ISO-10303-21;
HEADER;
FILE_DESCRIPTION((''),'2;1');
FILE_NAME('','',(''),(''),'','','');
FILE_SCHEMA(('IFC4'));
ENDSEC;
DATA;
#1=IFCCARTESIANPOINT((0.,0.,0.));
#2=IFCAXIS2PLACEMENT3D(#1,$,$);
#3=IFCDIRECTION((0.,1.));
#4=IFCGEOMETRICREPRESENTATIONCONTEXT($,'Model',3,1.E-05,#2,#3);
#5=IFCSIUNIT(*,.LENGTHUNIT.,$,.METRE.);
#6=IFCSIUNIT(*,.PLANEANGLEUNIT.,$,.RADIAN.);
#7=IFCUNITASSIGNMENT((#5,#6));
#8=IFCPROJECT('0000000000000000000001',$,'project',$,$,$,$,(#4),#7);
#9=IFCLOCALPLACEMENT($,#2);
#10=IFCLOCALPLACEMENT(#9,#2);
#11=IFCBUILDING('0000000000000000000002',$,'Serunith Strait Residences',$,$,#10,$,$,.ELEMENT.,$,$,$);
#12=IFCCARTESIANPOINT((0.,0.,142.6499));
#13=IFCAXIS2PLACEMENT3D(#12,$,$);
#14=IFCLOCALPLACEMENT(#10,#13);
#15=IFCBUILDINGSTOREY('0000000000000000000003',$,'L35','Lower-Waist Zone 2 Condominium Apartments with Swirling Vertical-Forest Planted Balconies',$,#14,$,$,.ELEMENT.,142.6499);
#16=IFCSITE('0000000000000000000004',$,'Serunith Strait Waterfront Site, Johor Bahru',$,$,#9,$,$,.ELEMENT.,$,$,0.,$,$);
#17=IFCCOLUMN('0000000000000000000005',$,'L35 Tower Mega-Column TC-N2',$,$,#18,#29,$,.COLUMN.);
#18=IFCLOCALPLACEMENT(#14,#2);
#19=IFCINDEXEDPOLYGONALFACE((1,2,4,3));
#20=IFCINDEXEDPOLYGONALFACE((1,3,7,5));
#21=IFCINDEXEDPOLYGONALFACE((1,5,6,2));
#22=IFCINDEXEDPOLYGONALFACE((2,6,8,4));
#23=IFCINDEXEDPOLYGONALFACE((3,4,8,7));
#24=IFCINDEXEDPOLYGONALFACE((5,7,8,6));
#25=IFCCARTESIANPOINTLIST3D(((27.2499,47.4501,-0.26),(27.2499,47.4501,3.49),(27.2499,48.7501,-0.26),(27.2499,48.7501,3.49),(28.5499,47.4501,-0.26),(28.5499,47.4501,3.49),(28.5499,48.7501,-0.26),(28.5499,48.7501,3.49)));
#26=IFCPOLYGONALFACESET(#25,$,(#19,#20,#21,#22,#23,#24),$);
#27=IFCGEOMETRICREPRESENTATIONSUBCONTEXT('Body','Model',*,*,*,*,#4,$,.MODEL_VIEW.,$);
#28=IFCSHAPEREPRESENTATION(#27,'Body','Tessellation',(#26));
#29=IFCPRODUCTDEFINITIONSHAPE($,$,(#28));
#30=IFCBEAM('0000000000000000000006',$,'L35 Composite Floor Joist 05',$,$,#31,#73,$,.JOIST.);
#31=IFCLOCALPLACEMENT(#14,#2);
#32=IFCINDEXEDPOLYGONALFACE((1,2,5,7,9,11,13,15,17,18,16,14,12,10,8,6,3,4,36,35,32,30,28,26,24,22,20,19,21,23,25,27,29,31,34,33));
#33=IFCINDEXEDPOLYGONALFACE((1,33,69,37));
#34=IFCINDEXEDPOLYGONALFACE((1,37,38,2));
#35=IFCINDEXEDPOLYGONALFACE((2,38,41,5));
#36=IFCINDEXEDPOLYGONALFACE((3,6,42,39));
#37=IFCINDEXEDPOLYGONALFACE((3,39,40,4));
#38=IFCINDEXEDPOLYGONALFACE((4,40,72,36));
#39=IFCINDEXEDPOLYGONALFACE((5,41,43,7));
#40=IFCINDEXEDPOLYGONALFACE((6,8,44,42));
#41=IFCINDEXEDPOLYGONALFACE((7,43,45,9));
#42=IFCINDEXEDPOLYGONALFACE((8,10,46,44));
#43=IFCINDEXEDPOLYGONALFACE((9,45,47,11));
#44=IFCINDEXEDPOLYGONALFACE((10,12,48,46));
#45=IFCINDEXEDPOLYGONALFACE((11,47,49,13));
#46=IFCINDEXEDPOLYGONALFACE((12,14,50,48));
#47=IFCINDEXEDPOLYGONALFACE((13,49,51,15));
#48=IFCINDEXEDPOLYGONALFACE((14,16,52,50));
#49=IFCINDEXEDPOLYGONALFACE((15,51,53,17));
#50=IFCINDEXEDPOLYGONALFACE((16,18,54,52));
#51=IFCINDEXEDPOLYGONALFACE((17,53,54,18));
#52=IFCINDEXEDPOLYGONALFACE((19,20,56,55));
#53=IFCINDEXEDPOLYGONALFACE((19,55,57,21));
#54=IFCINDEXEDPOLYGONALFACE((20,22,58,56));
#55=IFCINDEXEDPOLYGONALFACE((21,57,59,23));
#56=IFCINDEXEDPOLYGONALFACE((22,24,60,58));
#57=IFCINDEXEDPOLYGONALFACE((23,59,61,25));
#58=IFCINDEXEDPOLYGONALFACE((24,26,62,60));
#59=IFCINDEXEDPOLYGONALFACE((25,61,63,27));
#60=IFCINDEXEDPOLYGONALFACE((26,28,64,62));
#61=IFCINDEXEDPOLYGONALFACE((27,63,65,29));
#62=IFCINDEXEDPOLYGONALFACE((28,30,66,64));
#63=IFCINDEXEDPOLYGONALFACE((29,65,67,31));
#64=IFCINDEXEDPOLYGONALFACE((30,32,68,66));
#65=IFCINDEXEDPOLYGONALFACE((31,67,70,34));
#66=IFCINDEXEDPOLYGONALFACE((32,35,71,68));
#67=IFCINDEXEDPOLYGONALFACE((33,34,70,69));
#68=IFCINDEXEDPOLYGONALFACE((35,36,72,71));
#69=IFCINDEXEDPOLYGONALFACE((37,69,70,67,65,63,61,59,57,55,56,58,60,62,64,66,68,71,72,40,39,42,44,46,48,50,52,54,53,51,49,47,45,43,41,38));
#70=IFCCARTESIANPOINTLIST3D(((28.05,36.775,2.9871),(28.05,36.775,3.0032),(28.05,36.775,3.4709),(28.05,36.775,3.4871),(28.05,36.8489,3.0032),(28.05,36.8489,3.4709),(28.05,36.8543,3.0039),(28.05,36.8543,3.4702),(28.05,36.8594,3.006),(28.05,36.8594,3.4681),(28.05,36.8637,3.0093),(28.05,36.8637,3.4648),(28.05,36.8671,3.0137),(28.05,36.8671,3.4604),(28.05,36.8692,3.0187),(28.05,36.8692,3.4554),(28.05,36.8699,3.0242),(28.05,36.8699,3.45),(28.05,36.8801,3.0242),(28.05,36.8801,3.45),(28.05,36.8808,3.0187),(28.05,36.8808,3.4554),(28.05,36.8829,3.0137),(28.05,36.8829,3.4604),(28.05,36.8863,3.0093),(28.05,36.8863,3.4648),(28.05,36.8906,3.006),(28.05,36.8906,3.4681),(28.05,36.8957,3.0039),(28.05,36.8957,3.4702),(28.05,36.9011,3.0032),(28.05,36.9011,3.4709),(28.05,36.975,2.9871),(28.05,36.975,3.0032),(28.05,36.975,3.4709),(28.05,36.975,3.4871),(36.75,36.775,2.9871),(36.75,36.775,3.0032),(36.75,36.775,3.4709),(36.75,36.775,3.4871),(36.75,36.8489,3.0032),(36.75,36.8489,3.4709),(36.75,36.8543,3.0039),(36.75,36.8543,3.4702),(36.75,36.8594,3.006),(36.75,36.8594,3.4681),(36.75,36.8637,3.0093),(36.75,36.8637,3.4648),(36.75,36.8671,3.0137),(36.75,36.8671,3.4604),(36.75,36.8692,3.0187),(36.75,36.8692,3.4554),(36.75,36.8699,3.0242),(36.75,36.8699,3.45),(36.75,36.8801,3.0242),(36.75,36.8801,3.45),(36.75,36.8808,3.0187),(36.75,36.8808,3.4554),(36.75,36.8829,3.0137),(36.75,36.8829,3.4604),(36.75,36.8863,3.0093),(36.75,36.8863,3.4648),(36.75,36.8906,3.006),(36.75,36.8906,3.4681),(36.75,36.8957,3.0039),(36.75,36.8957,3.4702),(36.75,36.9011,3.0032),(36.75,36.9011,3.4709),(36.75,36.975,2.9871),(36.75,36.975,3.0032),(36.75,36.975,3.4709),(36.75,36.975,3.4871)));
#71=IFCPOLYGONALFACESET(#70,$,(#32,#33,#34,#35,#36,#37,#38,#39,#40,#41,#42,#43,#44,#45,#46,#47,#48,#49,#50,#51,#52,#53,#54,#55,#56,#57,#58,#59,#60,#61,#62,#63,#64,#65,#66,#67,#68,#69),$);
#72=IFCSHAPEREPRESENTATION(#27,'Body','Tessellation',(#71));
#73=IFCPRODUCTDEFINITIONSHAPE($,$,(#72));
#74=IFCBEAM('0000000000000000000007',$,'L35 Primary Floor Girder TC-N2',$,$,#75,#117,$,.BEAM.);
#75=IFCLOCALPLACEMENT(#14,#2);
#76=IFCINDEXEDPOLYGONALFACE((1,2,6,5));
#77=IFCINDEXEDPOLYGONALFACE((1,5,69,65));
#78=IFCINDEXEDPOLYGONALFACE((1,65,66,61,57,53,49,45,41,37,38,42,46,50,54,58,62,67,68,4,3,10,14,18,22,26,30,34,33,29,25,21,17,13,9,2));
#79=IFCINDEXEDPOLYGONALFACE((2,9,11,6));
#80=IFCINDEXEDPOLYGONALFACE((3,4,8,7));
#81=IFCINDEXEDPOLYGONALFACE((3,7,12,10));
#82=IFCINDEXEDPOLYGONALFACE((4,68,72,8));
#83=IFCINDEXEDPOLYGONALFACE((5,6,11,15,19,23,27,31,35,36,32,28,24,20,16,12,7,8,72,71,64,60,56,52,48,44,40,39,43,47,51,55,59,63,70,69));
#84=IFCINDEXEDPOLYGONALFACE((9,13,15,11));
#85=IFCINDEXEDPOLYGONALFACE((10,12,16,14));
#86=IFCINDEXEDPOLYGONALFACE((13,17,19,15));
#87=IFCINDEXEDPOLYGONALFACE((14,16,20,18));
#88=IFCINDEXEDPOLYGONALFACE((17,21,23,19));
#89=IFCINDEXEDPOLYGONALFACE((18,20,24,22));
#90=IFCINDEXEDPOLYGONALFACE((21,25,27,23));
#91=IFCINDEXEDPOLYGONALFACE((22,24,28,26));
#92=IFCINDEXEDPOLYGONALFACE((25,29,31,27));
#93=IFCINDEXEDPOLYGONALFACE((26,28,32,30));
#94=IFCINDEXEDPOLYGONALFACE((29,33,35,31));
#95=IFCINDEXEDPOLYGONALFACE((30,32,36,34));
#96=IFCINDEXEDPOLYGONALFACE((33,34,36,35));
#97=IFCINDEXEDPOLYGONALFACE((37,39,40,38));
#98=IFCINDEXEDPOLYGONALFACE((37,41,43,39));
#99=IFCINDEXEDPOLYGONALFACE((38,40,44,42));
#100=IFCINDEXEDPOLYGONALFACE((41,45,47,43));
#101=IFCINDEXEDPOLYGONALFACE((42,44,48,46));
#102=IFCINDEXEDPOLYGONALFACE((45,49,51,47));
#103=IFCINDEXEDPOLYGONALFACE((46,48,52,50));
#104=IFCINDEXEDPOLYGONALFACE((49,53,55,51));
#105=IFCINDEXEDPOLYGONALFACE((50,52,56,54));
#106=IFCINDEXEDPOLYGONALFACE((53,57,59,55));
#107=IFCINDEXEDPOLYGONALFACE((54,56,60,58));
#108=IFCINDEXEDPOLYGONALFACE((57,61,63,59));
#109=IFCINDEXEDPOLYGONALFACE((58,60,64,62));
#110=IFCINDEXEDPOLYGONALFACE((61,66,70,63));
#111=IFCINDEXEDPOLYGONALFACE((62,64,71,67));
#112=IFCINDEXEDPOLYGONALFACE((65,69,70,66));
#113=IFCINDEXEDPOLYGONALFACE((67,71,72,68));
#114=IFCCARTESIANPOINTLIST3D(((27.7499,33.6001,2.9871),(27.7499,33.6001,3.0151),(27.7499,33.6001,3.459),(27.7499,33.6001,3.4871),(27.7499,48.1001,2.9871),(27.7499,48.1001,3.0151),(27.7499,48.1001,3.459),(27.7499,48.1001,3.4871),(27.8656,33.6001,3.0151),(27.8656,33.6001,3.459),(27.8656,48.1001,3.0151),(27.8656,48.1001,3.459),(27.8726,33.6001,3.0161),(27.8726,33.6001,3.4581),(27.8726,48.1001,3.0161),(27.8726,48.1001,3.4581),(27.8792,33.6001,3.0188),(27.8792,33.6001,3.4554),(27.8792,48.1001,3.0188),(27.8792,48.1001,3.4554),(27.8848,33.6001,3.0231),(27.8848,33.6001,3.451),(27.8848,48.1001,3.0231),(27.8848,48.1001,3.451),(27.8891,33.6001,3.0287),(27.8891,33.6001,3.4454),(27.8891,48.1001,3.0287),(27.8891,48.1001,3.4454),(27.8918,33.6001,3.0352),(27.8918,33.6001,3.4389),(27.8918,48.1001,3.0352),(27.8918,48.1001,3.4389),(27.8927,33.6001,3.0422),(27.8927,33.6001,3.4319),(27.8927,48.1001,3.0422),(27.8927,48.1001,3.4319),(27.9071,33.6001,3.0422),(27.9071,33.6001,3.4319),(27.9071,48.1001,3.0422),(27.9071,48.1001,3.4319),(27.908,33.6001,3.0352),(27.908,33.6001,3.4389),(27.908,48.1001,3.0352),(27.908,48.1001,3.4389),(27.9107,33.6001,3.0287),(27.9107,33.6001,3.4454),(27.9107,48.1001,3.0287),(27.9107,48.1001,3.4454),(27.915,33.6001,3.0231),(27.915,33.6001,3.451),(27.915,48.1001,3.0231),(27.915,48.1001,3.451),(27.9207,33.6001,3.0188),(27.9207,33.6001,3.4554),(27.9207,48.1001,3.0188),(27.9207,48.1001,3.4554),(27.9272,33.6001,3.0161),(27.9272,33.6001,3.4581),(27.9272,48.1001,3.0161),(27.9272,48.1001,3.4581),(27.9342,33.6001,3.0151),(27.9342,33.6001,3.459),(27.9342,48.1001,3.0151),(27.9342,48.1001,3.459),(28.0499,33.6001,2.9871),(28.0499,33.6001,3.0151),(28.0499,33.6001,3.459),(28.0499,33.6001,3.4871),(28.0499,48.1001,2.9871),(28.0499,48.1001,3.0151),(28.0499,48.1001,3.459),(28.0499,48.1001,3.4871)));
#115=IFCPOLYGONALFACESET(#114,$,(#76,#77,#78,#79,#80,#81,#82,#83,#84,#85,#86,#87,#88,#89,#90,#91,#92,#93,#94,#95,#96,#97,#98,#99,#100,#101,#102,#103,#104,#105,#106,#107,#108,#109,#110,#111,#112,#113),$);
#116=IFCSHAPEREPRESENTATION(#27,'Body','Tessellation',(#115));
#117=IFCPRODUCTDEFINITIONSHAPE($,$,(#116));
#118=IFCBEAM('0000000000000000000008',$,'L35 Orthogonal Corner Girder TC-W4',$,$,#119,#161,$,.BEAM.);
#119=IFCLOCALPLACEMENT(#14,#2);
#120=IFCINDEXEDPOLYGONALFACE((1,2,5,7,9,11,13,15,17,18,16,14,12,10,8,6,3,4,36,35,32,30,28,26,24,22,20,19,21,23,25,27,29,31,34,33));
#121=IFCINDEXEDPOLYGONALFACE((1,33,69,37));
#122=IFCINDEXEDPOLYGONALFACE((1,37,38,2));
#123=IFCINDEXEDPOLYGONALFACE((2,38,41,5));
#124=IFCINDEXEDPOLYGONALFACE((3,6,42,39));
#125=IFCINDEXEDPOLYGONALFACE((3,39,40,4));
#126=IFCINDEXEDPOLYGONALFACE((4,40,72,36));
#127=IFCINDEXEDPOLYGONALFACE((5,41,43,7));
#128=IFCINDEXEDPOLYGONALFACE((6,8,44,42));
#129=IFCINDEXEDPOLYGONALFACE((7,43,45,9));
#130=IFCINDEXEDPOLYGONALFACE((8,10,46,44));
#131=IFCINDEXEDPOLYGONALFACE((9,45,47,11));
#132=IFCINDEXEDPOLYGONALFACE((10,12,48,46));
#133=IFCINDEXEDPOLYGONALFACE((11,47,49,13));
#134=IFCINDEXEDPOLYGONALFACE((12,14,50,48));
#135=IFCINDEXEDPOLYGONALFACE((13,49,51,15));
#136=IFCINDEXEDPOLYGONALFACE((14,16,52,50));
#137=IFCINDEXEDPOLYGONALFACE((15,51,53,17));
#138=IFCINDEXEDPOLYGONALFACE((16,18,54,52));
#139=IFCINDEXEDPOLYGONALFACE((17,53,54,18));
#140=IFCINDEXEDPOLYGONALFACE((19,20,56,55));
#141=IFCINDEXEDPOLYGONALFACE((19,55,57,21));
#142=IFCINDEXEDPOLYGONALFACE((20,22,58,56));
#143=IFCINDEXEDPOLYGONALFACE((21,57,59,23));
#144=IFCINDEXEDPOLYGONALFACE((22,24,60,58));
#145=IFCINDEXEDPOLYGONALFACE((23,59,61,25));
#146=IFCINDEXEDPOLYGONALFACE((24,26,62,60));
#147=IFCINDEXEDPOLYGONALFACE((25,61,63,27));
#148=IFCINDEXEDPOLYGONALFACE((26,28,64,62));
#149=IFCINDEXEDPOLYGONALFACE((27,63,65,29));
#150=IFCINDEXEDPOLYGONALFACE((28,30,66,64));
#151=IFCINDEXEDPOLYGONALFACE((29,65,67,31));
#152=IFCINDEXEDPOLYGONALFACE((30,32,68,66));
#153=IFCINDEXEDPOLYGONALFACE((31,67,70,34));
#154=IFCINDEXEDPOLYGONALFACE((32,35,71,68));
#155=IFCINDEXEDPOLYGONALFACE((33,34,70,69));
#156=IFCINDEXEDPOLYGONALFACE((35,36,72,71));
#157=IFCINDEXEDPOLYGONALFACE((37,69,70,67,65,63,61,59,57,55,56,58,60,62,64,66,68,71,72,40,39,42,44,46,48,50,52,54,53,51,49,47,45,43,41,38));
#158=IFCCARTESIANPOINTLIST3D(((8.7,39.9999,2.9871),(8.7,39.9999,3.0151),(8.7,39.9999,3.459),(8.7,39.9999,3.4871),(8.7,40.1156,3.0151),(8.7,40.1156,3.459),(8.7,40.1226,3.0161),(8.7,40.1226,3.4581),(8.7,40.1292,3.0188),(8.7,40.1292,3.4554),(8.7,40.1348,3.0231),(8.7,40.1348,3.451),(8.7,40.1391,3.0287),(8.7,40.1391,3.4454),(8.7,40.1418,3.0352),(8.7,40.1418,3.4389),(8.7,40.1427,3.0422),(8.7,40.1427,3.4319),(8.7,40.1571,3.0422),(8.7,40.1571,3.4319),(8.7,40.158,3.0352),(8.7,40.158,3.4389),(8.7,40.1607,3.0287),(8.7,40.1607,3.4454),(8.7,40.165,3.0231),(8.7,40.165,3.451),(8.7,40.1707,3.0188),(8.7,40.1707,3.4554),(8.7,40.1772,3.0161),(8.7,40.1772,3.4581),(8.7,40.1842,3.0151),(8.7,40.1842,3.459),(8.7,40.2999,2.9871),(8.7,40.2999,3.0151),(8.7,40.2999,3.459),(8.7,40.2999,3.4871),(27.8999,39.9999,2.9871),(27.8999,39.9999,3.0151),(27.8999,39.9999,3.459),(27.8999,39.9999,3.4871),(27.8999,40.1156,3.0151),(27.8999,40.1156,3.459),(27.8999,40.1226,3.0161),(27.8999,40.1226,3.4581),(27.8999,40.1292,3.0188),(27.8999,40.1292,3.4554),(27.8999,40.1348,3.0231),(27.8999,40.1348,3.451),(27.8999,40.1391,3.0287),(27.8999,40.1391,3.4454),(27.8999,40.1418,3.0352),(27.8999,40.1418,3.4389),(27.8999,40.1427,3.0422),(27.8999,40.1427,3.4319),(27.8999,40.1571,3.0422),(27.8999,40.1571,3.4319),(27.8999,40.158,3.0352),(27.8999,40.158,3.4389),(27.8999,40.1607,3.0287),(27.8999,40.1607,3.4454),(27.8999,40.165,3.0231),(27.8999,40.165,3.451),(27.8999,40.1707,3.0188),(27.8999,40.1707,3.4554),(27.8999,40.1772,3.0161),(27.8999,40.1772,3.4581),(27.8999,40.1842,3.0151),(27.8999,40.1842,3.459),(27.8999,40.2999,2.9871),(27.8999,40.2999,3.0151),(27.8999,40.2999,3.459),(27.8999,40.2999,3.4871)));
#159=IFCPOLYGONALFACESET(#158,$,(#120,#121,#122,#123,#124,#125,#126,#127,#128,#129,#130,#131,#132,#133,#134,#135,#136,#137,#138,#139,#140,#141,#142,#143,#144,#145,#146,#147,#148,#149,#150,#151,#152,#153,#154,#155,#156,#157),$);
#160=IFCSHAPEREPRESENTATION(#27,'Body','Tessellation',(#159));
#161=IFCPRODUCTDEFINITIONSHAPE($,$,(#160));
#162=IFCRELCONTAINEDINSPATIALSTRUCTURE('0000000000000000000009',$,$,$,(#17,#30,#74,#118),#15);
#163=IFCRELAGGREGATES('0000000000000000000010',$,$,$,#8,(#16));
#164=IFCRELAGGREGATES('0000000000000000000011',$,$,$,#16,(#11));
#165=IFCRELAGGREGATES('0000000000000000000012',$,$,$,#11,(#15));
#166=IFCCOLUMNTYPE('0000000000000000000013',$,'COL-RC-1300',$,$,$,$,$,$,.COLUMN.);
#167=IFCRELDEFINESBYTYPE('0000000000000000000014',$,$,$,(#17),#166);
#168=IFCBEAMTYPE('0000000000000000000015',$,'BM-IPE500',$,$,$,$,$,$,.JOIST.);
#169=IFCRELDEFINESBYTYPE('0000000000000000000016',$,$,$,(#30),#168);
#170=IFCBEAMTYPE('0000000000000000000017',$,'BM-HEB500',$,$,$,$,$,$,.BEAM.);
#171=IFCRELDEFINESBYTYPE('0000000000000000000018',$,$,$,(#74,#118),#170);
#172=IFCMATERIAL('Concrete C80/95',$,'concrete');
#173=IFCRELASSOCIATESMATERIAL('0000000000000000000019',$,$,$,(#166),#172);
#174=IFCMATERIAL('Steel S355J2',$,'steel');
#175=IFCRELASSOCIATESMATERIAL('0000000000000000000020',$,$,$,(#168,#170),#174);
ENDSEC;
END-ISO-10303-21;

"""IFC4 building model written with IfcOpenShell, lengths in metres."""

from ifc_helpers import new_model, si_unit, direction, frame, origin, origin_2d, place, context, subcontext, project, spatial, rectangle, i_section, extrude, source, transform, mapped, material, material_profile, profile_set, type_object, element, save


model = new_model("IFC4")

# Units and contexts
model_context = context("Model", 3, precision=1e-05, world=origin(), true_north=direction((0.0, 1.0)))
body_context = subcontext(model_context, "Body", "Model", "MODEL_VIEW")
ifc_project = project(units=[si_unit("LENGTHUNIT", "METRE"), si_unit("PLANEANGLEUNIT", "RADIAN")], contexts=[model_context])

# Site, building, storey
site_placement = place(None, origin())
site = spatial("IfcSite", under=ifc_project, at=site_placement, Name="Serunith Strait Waterfront Site, Johor Bahru", CompositionType="ELEMENT", RefElevation=0.0)
building_placement = place(site_placement, origin())
building = spatial("IfcBuilding", under=site, at=building_placement, Name="Serunith Strait Residences", CompositionType="ELEMENT")
storey_placement = place(building_placement, frame((0.0, 0.0, 142.6499)))
storey = spatial("IfcBuildingStorey", under=building, at=storey_placement, Name="L35", Description="Lower-Waist Zone 2 Condominium Apartments with Swirling Vertical-Forest Planted Balconies", CompositionType="ELEMENT", Elevation=142.6499)

# Column
ifc_material_1 = material(Name="Concrete C80/95", Category="concrete")
ifc_material_profile_1 = material_profile(ifc_material_1, rectangle(XDim=1.3, YDim=1.3, at=origin_2d()), Name="RC 1300x1300")
ifc_profile_set_1 = profile_set([ifc_material_profile_1], Name="Concrete C80/95")
column_type = type_object("IfcColumnType", Name="COL-RC-1300", PredefinedType="COLUMN", material=ifc_profile_set_1)
shared_shape_1 = source(origin(), body_context, "Body", "SweptSolid", [
    extrude(rectangle(XDim=1.3, YDim=1.3, at=origin_2d()), origin(), (0.0, 0.0, 1.0), 3.75),
])
column_placement = place(storey_placement, frame((27.8999, 48.1001, -0.26), z_axis=(0.0, 0.0, 1.0), x_axis=(1.0, 0.0, 0.0)))
element("IfcColumn", 1, at=column_placement, inside=storey, type_object=column_type, Name="L35 Tower Mega-Column TC-N2", PredefinedType="COLUMN", context=body_context, shape_type="MappedRepresentation", body=[
    mapped(shared_shape_1, transform((0.0, 0.0, 0.0), scale=1.0)),
])

# Beams
ifc_material_2 = material(Name="Steel S355J2", Category="steel")
ifc_material_profile_2 = material_profile(ifc_material_2, i_section(OverallWidth=0.2, OverallDepth=0.5, WebThickness=0.0103, FlangeThickness=0.0161, FilletRadius=0.021, at=origin_2d()), Name="IPE 500")
ifc_profile_set_2 = profile_set([ifc_material_profile_2], Name="Steel S355J2")
beam_type_1 = type_object("IfcBeamType", Name="BM-IPE500", PredefinedType="JOIST", material=ifc_profile_set_2)
shared_shape_2 = source(origin(), body_context, "Body", "SweptSolid", [
    extrude(i_section(OverallWidth=0.2, OverallDepth=0.5, WebThickness=0.0103, FlangeThickness=0.0161, FilletRadius=0.021, at=origin_2d()), origin(), (0.0, 0.0, 1.0), 8.7),
])
beam_1_placement = place(storey_placement, frame((28.05, 36.875, 3.2371), z_axis=(1.0, 0.0, 0.0), x_axis=(0.0, 1.0, 0.0)))
element("IfcBeam", 2, at=beam_1_placement, inside=storey, type_object=beam_type_1, Name="L35 Composite Floor Joist 05", PredefinedType="JOIST", context=body_context, shape_type="MappedRepresentation", body=[
    mapped(shared_shape_2, transform((0.0, 0.0, 0.0), scale=1.0)),
])
ifc_material_profile_3 = material_profile(ifc_material_2, i_section(OverallWidth=0.3, OverallDepth=0.5, WebThickness=0.0144, FlangeThickness=0.0281, FilletRadius=0.0271, at=origin_2d()), Name="HEB 500")
ifc_profile_set_3 = profile_set([ifc_material_profile_3], Name="Steel S355J2")
beam_type_2 = type_object("IfcBeamType", Name="BM-HEB500", PredefinedType="BEAM", material=ifc_profile_set_3)
shared_shape_3 = source(origin(), body_context, "Body", "SweptSolid", [
    extrude(i_section(OverallWidth=0.3, OverallDepth=0.5, WebThickness=0.0144, FlangeThickness=0.0281, FilletRadius=0.0271, at=origin_2d()), origin(), (0.0, 0.0, 1.0), 14.5),
])
beam_2_placement = place(storey_placement, frame((27.8999, 33.6001, 3.2371), z_axis=(0.0, 1.0, 0.0), x_axis=(-1.0, 0.0, 0.0)))
element("IfcBeam", 3, at=beam_2_placement, inside=storey, type_object=beam_type_2, Name="L35 Primary Floor Girder TC-N2", PredefinedType="BEAM", context=body_context, shape_type="MappedRepresentation", body=[
    mapped(shared_shape_3, transform((0.0, 0.0, 0.0), scale=1.0)),
])
shared_shape_4 = source(origin(), body_context, "Body", "SweptSolid", [
    extrude(i_section(OverallWidth=0.3, OverallDepth=0.5, WebThickness=0.0144, FlangeThickness=0.0281, FilletRadius=0.0271, at=origin_2d()), origin(), (0.0, 0.0, 1.0), 19.2),
])
beam_3_placement = place(storey_placement, frame((27.8999, 40.1499, 3.2371), z_axis=(-1.0, 0.0, 0.0), x_axis=(0.0, -1.0, 0.0)))
element("IfcBeam", 4, at=beam_3_placement, inside=storey, type_object=beam_type_2, Name="L35 Orthogonal Corner Girder TC-W4", PredefinedType="BEAM", context=body_context, shape_type="MappedRepresentation", body=[
    mapped(shared_shape_4, transform((0.0, 0.0, 0.0), scale=1.0)),
])

save(model, "model.ifc")
